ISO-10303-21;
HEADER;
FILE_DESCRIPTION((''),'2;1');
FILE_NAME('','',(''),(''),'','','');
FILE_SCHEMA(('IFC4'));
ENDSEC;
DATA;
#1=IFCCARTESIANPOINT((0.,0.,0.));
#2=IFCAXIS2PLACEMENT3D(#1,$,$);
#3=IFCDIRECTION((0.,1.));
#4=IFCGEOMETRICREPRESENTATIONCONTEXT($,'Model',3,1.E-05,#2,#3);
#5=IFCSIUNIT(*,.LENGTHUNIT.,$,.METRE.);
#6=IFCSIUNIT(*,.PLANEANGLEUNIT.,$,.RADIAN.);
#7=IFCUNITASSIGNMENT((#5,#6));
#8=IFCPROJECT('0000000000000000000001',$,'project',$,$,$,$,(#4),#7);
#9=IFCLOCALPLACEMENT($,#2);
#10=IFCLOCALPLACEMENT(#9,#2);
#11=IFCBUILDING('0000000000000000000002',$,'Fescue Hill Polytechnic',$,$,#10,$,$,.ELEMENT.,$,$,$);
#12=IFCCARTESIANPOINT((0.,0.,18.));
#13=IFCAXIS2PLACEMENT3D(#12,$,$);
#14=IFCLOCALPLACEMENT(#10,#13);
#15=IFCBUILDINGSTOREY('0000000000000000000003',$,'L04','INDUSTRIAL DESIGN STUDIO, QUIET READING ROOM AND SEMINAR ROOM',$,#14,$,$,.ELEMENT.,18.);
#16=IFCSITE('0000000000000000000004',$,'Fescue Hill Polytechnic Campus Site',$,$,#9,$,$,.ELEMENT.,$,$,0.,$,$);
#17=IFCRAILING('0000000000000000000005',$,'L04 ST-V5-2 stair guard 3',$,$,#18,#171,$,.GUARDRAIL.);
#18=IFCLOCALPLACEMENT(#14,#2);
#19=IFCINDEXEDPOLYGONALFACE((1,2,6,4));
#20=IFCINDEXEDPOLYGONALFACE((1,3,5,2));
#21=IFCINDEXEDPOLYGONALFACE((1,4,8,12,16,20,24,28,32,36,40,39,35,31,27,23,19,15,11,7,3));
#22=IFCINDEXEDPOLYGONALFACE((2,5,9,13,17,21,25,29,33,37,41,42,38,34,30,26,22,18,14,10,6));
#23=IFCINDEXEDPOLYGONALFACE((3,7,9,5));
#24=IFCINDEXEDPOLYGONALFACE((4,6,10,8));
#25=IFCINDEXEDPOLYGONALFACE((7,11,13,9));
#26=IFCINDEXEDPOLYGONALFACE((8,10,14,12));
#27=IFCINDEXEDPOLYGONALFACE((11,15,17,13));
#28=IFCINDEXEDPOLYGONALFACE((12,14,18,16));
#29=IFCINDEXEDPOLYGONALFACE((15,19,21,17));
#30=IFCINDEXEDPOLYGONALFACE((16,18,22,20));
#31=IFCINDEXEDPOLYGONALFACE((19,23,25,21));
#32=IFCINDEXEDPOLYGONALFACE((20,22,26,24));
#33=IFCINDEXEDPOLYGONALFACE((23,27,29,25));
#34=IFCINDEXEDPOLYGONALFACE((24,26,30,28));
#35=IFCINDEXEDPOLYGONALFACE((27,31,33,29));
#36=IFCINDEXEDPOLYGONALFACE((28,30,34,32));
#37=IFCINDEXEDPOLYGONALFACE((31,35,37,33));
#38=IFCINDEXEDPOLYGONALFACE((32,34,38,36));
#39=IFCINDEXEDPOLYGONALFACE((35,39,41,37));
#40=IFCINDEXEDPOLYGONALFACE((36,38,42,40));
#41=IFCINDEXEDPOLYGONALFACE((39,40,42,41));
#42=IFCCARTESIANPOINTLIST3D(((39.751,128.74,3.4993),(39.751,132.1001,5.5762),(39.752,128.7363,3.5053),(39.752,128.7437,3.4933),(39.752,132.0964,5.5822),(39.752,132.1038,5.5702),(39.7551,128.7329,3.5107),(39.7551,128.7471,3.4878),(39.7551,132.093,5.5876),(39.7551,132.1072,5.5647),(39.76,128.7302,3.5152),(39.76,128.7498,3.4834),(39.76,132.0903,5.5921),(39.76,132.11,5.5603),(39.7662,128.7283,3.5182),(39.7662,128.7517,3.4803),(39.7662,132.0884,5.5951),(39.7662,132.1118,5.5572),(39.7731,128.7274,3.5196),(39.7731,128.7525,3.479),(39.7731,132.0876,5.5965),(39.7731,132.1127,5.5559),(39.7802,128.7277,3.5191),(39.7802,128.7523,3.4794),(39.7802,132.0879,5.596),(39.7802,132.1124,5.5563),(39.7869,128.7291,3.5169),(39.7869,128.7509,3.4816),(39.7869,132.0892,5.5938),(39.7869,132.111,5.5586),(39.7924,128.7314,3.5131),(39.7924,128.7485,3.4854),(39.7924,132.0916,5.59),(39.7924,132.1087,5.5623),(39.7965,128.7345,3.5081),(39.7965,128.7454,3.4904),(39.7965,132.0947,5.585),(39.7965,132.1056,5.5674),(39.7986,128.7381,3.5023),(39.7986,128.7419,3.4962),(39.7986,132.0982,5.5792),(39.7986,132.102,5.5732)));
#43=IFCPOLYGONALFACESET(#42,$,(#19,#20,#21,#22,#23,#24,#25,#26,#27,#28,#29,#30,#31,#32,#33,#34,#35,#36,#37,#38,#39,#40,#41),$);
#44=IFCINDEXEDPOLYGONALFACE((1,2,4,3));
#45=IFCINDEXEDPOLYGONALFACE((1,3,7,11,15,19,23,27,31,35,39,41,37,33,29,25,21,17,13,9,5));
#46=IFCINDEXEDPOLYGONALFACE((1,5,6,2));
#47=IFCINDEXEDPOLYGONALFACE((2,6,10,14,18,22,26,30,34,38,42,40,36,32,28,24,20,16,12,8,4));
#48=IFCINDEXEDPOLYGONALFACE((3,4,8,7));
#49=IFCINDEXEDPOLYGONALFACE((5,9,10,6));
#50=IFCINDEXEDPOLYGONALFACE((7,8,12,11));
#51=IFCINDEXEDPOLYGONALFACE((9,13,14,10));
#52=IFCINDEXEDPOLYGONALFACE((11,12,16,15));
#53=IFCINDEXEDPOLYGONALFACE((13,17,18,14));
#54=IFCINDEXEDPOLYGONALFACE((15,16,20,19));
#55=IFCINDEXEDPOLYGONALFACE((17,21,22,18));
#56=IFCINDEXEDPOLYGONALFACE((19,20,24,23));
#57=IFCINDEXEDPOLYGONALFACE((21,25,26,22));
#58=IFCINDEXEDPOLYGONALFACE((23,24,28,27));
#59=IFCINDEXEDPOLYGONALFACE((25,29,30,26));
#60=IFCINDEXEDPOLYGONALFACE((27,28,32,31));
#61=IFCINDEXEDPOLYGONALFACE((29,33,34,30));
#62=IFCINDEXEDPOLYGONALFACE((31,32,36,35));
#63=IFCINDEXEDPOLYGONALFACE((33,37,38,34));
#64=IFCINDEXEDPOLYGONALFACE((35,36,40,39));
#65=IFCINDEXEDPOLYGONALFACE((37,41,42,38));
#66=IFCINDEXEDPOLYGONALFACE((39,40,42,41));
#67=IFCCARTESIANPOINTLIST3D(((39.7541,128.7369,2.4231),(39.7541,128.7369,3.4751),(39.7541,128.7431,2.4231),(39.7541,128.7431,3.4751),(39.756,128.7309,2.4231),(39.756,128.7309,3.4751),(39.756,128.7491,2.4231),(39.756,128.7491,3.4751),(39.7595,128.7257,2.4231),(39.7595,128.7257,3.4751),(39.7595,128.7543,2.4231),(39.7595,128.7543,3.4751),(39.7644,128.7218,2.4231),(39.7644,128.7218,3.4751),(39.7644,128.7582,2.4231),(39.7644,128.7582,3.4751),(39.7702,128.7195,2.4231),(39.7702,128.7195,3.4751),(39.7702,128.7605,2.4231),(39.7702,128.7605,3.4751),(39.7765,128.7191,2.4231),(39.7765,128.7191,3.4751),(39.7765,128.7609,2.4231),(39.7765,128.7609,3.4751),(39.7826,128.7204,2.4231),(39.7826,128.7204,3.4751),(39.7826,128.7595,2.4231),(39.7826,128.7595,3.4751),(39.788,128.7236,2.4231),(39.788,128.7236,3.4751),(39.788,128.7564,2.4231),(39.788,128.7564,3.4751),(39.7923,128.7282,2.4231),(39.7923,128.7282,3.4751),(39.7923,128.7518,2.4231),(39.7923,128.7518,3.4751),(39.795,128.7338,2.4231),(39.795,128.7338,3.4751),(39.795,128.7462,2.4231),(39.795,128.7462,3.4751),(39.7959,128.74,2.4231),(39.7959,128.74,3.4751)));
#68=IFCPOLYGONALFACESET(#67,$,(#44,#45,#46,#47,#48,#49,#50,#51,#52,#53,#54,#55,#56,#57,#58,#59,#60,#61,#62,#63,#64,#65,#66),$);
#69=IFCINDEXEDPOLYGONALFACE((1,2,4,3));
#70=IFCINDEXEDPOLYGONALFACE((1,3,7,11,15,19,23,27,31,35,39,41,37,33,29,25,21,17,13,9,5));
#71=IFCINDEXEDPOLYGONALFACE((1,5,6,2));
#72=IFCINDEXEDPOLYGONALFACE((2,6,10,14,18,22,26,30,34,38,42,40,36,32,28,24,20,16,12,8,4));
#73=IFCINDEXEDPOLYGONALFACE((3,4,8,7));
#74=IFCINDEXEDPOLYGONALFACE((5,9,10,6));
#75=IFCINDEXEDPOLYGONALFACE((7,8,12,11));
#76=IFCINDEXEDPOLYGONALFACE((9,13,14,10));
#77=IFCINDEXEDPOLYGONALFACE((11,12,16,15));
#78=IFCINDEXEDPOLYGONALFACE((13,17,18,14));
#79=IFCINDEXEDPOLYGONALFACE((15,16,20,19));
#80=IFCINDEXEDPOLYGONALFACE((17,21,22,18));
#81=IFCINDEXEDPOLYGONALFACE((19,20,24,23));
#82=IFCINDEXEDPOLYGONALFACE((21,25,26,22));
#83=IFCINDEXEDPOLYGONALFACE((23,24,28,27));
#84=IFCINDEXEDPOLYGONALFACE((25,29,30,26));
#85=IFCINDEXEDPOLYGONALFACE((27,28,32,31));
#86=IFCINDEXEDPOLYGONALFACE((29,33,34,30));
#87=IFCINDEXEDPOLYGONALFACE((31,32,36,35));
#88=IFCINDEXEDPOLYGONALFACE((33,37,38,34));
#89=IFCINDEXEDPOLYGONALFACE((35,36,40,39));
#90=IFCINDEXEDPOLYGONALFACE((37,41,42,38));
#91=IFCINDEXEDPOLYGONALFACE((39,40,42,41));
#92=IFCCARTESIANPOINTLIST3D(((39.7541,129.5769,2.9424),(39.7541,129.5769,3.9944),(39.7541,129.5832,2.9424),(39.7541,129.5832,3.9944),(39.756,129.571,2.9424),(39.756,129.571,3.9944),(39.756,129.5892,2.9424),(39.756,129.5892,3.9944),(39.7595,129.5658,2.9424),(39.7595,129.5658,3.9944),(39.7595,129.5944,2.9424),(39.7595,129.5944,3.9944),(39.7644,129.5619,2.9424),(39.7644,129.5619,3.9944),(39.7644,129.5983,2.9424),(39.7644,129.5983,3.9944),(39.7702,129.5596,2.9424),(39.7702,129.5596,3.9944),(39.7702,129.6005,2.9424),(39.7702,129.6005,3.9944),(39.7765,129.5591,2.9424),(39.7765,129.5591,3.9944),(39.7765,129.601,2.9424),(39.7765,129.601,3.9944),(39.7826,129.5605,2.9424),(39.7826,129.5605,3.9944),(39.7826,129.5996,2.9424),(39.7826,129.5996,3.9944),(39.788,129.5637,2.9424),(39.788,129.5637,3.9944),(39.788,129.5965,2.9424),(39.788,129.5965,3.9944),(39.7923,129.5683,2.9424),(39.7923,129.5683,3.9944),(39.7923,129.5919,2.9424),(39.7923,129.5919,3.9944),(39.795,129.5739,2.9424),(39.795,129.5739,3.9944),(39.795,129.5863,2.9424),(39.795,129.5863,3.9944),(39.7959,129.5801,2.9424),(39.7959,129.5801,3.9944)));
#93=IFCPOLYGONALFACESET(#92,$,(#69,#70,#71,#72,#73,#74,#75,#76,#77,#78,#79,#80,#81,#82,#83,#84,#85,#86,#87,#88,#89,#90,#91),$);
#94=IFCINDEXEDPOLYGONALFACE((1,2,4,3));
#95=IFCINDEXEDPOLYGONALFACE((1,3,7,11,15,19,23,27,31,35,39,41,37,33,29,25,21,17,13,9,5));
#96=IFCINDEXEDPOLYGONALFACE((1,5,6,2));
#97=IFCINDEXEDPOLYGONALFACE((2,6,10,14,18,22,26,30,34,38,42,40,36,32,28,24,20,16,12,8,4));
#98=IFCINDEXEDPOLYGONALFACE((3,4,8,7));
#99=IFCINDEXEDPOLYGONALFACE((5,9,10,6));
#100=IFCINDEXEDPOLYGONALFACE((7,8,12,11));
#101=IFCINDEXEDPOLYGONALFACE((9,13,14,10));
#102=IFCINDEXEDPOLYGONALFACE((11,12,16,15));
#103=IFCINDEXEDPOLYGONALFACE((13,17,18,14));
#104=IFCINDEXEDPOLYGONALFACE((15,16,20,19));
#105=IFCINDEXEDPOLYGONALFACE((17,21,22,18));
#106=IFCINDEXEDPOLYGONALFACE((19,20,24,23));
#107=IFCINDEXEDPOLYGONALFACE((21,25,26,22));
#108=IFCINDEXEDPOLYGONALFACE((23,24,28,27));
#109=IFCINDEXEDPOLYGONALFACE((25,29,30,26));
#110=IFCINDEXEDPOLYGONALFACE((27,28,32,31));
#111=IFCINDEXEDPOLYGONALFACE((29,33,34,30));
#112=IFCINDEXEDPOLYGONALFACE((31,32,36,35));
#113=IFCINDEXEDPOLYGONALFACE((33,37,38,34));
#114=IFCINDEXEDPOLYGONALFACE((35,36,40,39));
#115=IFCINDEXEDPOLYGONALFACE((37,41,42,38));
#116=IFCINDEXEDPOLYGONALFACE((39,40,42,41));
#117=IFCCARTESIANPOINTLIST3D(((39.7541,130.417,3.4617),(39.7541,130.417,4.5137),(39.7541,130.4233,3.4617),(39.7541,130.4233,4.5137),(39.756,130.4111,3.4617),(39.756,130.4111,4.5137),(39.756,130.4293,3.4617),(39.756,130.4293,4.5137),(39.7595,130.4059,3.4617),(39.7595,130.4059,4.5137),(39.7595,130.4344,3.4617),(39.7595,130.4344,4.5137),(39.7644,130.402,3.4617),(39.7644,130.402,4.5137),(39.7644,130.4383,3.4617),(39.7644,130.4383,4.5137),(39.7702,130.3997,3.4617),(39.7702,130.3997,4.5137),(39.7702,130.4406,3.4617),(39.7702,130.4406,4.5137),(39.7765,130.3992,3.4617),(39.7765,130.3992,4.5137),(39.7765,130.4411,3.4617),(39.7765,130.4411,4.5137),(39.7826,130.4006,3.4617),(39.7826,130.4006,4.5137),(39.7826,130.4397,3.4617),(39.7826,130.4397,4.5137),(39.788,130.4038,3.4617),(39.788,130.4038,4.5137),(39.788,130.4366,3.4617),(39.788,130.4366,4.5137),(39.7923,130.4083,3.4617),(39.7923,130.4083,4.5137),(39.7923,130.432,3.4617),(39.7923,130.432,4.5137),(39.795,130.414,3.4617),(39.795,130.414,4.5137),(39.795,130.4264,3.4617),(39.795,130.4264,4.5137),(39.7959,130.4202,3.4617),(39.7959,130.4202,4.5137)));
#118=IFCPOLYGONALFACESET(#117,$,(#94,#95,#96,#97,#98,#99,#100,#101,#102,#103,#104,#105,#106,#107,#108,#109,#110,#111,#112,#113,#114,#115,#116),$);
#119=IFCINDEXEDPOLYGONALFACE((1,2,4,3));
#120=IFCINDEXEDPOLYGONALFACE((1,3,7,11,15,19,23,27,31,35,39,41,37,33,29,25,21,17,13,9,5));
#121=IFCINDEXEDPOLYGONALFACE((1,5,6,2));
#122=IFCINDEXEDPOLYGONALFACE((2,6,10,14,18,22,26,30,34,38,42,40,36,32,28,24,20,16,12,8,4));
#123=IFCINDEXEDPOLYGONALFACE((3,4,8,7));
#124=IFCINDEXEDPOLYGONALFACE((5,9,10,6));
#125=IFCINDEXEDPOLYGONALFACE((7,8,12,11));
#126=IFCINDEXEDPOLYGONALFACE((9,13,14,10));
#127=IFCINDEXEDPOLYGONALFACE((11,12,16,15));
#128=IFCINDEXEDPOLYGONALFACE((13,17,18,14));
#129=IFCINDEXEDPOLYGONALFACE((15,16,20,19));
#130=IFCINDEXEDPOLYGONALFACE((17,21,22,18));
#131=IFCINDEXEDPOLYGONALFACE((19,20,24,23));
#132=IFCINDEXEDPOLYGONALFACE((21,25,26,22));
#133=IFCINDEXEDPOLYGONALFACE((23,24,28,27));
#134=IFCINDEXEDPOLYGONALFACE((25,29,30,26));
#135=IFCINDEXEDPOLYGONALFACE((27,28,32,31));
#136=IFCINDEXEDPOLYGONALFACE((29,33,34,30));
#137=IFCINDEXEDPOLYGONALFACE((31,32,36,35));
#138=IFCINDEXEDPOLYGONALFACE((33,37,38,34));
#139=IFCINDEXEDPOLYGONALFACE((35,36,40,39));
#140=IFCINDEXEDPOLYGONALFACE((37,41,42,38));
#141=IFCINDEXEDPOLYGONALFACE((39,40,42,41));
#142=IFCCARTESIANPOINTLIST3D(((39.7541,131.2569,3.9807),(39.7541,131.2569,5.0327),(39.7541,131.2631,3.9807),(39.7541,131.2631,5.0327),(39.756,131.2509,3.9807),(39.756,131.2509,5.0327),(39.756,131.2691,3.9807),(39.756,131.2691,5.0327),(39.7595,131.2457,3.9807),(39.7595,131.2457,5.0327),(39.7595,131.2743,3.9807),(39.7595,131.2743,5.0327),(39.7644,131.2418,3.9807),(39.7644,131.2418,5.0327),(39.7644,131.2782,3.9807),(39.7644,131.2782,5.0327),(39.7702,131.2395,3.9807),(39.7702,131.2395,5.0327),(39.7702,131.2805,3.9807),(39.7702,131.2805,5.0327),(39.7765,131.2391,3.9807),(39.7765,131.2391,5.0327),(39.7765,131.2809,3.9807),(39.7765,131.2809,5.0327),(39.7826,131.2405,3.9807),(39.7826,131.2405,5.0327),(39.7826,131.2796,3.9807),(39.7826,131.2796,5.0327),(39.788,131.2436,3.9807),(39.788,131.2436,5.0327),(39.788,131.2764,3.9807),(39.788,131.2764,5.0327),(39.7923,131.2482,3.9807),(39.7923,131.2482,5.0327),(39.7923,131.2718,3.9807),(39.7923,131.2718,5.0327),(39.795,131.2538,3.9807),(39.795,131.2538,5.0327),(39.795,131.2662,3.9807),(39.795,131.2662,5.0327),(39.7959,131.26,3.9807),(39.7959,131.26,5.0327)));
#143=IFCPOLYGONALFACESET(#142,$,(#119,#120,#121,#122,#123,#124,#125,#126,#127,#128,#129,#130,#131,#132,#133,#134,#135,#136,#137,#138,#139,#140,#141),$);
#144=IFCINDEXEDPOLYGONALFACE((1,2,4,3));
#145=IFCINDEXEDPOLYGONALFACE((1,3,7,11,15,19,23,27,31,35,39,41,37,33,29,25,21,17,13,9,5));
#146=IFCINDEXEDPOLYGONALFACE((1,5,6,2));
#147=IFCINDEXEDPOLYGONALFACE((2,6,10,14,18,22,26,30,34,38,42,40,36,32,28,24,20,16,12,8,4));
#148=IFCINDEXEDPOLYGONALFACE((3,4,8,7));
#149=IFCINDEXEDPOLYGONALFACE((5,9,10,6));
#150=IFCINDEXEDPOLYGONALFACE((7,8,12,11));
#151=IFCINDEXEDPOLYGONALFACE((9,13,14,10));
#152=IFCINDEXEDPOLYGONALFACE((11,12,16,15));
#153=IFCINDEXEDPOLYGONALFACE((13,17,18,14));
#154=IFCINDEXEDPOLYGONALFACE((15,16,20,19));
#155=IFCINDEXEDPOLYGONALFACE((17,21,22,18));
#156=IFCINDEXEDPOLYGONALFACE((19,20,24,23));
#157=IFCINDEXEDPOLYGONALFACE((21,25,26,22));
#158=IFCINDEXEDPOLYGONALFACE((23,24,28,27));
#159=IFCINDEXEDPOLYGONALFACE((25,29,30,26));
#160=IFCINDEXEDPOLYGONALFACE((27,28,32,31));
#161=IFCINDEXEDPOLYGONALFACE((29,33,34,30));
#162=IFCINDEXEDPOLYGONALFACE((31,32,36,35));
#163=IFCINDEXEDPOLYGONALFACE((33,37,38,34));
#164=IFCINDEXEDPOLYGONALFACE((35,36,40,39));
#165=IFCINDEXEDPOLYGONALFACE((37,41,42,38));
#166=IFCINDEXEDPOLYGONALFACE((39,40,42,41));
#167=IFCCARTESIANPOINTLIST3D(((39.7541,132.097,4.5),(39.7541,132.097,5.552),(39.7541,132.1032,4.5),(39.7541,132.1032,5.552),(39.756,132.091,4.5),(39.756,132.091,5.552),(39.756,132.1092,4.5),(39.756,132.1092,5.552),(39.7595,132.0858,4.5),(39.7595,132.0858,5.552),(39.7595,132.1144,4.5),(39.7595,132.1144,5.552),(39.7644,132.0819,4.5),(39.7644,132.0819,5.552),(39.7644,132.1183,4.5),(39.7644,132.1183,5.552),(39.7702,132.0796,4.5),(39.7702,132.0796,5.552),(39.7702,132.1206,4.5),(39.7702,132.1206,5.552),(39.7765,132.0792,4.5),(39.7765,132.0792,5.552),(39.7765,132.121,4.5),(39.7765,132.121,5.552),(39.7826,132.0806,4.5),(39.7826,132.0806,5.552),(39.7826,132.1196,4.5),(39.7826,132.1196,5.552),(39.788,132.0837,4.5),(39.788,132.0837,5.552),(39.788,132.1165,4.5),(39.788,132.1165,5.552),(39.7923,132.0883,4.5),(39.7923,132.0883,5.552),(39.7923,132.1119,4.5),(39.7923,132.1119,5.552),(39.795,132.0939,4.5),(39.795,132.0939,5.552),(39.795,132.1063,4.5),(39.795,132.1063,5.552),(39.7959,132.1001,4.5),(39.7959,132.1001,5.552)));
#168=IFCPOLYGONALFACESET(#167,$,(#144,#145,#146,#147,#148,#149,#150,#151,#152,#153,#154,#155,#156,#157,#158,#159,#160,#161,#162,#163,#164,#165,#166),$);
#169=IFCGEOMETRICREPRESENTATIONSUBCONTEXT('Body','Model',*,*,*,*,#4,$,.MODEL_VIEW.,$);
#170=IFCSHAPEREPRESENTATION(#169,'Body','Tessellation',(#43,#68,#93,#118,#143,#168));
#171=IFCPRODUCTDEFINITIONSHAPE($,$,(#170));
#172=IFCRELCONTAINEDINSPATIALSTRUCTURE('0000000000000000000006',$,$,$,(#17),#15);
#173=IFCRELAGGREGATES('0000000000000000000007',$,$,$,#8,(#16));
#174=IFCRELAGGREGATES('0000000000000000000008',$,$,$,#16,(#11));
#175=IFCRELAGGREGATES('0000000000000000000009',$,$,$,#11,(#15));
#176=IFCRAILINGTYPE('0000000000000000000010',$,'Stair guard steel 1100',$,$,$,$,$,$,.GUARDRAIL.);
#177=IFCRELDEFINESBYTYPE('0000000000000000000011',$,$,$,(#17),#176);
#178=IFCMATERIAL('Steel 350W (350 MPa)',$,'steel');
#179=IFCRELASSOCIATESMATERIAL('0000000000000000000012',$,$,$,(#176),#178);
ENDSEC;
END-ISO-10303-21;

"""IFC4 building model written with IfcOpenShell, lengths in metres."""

from ifc_helpers import new_model, si_unit, direction, frame, origin, origin_2d, place, context, subcontext, project, spatial, circle, extrude, material, type_object, element, save


model = new_model("IFC4")

# Units and contexts
model_context = context("Model", 3, precision=1e-05, world=origin(), true_north=direction((0.0, 1.0)))
body_context = subcontext(model_context, "Body", "Model", "MODEL_VIEW")
ifc_project = project(units=[si_unit("LENGTHUNIT", "METRE"), si_unit("PLANEANGLEUNIT", "RADIAN")], contexts=[model_context])

# Site, building, storey
site_placement = place(None, origin())
site = spatial("IfcSite", under=ifc_project, at=site_placement, Name="Fescue Hill Polytechnic Campus Site", CompositionType="ELEMENT", RefElevation=0.0)
building_placement = place(site_placement, origin())
building = spatial("IfcBuilding", under=site, at=building_placement, Name="Fescue Hill Polytechnic", CompositionType="ELEMENT")
storey_placement = place(building_placement, frame((0.0, 0.0, 18.0)))
storey = spatial("IfcBuildingStorey", under=building, at=storey_placement, Name="L04", Description="INDUSTRIAL DESIGN STUDIO, QUIET READING ROOM AND SEMINAR ROOM", CompositionType="ELEMENT", Elevation=18.0)

# Railing
ifc_material_1 = material(Name="Steel 350W (350 MPa)", Category="steel")
railing_type_1 = type_object("IfcRailingType", Name="Stair guard steel 1100", PredefinedType="GUARDRAIL", material=ifc_material_1)
railing_1_placement = place(storey_placement, frame((39.7749, 128.74, 2.4231)))
element("IfcRailing", 1, at=railing_1_placement, inside=storey, type_object=railing_type_1, Name="L04 ST-V5-2 stair guard 3", PredefinedType="GUARDRAIL", context=body_context, shape_type="SweptSolid", body=[
    extrude(circle(Radius=0.0239, at=origin_2d()), frame((0.0, 0.0, 1.0762), z_axis=(0.0, 0.850623, 0.525776), x_axis=(-1.0, 0.0, 0.0)), (0.0, 0.0, 1.0), 3.9502),
    extrude(circle(Radius=0.021, at=origin_2d()), origin(), (0.0, 0.0, 1.0), 1.052),
    extrude(circle(Radius=0.021, at=origin_2d()), frame((0.0, 0.8401, 0.5193)), (0.0, 0.0, 1.0), 1.052),
    extrude(circle(Radius=0.021, at=origin_2d()), frame((0.0, 1.6802, 1.0386)), (0.0, 0.0, 1.0), 1.052),
    extrude(circle(Radius=0.021, at=origin_2d()), frame((0.0, 2.52, 1.5576)), (0.0, 0.0, 1.0), 1.052),
    extrude(circle(Radius=0.021, at=origin_2d()), frame((0.0, 3.3601, 2.0769)), (0.0, 0.0, 1.0), 1.052),
])

save(model, "model.ifc")
